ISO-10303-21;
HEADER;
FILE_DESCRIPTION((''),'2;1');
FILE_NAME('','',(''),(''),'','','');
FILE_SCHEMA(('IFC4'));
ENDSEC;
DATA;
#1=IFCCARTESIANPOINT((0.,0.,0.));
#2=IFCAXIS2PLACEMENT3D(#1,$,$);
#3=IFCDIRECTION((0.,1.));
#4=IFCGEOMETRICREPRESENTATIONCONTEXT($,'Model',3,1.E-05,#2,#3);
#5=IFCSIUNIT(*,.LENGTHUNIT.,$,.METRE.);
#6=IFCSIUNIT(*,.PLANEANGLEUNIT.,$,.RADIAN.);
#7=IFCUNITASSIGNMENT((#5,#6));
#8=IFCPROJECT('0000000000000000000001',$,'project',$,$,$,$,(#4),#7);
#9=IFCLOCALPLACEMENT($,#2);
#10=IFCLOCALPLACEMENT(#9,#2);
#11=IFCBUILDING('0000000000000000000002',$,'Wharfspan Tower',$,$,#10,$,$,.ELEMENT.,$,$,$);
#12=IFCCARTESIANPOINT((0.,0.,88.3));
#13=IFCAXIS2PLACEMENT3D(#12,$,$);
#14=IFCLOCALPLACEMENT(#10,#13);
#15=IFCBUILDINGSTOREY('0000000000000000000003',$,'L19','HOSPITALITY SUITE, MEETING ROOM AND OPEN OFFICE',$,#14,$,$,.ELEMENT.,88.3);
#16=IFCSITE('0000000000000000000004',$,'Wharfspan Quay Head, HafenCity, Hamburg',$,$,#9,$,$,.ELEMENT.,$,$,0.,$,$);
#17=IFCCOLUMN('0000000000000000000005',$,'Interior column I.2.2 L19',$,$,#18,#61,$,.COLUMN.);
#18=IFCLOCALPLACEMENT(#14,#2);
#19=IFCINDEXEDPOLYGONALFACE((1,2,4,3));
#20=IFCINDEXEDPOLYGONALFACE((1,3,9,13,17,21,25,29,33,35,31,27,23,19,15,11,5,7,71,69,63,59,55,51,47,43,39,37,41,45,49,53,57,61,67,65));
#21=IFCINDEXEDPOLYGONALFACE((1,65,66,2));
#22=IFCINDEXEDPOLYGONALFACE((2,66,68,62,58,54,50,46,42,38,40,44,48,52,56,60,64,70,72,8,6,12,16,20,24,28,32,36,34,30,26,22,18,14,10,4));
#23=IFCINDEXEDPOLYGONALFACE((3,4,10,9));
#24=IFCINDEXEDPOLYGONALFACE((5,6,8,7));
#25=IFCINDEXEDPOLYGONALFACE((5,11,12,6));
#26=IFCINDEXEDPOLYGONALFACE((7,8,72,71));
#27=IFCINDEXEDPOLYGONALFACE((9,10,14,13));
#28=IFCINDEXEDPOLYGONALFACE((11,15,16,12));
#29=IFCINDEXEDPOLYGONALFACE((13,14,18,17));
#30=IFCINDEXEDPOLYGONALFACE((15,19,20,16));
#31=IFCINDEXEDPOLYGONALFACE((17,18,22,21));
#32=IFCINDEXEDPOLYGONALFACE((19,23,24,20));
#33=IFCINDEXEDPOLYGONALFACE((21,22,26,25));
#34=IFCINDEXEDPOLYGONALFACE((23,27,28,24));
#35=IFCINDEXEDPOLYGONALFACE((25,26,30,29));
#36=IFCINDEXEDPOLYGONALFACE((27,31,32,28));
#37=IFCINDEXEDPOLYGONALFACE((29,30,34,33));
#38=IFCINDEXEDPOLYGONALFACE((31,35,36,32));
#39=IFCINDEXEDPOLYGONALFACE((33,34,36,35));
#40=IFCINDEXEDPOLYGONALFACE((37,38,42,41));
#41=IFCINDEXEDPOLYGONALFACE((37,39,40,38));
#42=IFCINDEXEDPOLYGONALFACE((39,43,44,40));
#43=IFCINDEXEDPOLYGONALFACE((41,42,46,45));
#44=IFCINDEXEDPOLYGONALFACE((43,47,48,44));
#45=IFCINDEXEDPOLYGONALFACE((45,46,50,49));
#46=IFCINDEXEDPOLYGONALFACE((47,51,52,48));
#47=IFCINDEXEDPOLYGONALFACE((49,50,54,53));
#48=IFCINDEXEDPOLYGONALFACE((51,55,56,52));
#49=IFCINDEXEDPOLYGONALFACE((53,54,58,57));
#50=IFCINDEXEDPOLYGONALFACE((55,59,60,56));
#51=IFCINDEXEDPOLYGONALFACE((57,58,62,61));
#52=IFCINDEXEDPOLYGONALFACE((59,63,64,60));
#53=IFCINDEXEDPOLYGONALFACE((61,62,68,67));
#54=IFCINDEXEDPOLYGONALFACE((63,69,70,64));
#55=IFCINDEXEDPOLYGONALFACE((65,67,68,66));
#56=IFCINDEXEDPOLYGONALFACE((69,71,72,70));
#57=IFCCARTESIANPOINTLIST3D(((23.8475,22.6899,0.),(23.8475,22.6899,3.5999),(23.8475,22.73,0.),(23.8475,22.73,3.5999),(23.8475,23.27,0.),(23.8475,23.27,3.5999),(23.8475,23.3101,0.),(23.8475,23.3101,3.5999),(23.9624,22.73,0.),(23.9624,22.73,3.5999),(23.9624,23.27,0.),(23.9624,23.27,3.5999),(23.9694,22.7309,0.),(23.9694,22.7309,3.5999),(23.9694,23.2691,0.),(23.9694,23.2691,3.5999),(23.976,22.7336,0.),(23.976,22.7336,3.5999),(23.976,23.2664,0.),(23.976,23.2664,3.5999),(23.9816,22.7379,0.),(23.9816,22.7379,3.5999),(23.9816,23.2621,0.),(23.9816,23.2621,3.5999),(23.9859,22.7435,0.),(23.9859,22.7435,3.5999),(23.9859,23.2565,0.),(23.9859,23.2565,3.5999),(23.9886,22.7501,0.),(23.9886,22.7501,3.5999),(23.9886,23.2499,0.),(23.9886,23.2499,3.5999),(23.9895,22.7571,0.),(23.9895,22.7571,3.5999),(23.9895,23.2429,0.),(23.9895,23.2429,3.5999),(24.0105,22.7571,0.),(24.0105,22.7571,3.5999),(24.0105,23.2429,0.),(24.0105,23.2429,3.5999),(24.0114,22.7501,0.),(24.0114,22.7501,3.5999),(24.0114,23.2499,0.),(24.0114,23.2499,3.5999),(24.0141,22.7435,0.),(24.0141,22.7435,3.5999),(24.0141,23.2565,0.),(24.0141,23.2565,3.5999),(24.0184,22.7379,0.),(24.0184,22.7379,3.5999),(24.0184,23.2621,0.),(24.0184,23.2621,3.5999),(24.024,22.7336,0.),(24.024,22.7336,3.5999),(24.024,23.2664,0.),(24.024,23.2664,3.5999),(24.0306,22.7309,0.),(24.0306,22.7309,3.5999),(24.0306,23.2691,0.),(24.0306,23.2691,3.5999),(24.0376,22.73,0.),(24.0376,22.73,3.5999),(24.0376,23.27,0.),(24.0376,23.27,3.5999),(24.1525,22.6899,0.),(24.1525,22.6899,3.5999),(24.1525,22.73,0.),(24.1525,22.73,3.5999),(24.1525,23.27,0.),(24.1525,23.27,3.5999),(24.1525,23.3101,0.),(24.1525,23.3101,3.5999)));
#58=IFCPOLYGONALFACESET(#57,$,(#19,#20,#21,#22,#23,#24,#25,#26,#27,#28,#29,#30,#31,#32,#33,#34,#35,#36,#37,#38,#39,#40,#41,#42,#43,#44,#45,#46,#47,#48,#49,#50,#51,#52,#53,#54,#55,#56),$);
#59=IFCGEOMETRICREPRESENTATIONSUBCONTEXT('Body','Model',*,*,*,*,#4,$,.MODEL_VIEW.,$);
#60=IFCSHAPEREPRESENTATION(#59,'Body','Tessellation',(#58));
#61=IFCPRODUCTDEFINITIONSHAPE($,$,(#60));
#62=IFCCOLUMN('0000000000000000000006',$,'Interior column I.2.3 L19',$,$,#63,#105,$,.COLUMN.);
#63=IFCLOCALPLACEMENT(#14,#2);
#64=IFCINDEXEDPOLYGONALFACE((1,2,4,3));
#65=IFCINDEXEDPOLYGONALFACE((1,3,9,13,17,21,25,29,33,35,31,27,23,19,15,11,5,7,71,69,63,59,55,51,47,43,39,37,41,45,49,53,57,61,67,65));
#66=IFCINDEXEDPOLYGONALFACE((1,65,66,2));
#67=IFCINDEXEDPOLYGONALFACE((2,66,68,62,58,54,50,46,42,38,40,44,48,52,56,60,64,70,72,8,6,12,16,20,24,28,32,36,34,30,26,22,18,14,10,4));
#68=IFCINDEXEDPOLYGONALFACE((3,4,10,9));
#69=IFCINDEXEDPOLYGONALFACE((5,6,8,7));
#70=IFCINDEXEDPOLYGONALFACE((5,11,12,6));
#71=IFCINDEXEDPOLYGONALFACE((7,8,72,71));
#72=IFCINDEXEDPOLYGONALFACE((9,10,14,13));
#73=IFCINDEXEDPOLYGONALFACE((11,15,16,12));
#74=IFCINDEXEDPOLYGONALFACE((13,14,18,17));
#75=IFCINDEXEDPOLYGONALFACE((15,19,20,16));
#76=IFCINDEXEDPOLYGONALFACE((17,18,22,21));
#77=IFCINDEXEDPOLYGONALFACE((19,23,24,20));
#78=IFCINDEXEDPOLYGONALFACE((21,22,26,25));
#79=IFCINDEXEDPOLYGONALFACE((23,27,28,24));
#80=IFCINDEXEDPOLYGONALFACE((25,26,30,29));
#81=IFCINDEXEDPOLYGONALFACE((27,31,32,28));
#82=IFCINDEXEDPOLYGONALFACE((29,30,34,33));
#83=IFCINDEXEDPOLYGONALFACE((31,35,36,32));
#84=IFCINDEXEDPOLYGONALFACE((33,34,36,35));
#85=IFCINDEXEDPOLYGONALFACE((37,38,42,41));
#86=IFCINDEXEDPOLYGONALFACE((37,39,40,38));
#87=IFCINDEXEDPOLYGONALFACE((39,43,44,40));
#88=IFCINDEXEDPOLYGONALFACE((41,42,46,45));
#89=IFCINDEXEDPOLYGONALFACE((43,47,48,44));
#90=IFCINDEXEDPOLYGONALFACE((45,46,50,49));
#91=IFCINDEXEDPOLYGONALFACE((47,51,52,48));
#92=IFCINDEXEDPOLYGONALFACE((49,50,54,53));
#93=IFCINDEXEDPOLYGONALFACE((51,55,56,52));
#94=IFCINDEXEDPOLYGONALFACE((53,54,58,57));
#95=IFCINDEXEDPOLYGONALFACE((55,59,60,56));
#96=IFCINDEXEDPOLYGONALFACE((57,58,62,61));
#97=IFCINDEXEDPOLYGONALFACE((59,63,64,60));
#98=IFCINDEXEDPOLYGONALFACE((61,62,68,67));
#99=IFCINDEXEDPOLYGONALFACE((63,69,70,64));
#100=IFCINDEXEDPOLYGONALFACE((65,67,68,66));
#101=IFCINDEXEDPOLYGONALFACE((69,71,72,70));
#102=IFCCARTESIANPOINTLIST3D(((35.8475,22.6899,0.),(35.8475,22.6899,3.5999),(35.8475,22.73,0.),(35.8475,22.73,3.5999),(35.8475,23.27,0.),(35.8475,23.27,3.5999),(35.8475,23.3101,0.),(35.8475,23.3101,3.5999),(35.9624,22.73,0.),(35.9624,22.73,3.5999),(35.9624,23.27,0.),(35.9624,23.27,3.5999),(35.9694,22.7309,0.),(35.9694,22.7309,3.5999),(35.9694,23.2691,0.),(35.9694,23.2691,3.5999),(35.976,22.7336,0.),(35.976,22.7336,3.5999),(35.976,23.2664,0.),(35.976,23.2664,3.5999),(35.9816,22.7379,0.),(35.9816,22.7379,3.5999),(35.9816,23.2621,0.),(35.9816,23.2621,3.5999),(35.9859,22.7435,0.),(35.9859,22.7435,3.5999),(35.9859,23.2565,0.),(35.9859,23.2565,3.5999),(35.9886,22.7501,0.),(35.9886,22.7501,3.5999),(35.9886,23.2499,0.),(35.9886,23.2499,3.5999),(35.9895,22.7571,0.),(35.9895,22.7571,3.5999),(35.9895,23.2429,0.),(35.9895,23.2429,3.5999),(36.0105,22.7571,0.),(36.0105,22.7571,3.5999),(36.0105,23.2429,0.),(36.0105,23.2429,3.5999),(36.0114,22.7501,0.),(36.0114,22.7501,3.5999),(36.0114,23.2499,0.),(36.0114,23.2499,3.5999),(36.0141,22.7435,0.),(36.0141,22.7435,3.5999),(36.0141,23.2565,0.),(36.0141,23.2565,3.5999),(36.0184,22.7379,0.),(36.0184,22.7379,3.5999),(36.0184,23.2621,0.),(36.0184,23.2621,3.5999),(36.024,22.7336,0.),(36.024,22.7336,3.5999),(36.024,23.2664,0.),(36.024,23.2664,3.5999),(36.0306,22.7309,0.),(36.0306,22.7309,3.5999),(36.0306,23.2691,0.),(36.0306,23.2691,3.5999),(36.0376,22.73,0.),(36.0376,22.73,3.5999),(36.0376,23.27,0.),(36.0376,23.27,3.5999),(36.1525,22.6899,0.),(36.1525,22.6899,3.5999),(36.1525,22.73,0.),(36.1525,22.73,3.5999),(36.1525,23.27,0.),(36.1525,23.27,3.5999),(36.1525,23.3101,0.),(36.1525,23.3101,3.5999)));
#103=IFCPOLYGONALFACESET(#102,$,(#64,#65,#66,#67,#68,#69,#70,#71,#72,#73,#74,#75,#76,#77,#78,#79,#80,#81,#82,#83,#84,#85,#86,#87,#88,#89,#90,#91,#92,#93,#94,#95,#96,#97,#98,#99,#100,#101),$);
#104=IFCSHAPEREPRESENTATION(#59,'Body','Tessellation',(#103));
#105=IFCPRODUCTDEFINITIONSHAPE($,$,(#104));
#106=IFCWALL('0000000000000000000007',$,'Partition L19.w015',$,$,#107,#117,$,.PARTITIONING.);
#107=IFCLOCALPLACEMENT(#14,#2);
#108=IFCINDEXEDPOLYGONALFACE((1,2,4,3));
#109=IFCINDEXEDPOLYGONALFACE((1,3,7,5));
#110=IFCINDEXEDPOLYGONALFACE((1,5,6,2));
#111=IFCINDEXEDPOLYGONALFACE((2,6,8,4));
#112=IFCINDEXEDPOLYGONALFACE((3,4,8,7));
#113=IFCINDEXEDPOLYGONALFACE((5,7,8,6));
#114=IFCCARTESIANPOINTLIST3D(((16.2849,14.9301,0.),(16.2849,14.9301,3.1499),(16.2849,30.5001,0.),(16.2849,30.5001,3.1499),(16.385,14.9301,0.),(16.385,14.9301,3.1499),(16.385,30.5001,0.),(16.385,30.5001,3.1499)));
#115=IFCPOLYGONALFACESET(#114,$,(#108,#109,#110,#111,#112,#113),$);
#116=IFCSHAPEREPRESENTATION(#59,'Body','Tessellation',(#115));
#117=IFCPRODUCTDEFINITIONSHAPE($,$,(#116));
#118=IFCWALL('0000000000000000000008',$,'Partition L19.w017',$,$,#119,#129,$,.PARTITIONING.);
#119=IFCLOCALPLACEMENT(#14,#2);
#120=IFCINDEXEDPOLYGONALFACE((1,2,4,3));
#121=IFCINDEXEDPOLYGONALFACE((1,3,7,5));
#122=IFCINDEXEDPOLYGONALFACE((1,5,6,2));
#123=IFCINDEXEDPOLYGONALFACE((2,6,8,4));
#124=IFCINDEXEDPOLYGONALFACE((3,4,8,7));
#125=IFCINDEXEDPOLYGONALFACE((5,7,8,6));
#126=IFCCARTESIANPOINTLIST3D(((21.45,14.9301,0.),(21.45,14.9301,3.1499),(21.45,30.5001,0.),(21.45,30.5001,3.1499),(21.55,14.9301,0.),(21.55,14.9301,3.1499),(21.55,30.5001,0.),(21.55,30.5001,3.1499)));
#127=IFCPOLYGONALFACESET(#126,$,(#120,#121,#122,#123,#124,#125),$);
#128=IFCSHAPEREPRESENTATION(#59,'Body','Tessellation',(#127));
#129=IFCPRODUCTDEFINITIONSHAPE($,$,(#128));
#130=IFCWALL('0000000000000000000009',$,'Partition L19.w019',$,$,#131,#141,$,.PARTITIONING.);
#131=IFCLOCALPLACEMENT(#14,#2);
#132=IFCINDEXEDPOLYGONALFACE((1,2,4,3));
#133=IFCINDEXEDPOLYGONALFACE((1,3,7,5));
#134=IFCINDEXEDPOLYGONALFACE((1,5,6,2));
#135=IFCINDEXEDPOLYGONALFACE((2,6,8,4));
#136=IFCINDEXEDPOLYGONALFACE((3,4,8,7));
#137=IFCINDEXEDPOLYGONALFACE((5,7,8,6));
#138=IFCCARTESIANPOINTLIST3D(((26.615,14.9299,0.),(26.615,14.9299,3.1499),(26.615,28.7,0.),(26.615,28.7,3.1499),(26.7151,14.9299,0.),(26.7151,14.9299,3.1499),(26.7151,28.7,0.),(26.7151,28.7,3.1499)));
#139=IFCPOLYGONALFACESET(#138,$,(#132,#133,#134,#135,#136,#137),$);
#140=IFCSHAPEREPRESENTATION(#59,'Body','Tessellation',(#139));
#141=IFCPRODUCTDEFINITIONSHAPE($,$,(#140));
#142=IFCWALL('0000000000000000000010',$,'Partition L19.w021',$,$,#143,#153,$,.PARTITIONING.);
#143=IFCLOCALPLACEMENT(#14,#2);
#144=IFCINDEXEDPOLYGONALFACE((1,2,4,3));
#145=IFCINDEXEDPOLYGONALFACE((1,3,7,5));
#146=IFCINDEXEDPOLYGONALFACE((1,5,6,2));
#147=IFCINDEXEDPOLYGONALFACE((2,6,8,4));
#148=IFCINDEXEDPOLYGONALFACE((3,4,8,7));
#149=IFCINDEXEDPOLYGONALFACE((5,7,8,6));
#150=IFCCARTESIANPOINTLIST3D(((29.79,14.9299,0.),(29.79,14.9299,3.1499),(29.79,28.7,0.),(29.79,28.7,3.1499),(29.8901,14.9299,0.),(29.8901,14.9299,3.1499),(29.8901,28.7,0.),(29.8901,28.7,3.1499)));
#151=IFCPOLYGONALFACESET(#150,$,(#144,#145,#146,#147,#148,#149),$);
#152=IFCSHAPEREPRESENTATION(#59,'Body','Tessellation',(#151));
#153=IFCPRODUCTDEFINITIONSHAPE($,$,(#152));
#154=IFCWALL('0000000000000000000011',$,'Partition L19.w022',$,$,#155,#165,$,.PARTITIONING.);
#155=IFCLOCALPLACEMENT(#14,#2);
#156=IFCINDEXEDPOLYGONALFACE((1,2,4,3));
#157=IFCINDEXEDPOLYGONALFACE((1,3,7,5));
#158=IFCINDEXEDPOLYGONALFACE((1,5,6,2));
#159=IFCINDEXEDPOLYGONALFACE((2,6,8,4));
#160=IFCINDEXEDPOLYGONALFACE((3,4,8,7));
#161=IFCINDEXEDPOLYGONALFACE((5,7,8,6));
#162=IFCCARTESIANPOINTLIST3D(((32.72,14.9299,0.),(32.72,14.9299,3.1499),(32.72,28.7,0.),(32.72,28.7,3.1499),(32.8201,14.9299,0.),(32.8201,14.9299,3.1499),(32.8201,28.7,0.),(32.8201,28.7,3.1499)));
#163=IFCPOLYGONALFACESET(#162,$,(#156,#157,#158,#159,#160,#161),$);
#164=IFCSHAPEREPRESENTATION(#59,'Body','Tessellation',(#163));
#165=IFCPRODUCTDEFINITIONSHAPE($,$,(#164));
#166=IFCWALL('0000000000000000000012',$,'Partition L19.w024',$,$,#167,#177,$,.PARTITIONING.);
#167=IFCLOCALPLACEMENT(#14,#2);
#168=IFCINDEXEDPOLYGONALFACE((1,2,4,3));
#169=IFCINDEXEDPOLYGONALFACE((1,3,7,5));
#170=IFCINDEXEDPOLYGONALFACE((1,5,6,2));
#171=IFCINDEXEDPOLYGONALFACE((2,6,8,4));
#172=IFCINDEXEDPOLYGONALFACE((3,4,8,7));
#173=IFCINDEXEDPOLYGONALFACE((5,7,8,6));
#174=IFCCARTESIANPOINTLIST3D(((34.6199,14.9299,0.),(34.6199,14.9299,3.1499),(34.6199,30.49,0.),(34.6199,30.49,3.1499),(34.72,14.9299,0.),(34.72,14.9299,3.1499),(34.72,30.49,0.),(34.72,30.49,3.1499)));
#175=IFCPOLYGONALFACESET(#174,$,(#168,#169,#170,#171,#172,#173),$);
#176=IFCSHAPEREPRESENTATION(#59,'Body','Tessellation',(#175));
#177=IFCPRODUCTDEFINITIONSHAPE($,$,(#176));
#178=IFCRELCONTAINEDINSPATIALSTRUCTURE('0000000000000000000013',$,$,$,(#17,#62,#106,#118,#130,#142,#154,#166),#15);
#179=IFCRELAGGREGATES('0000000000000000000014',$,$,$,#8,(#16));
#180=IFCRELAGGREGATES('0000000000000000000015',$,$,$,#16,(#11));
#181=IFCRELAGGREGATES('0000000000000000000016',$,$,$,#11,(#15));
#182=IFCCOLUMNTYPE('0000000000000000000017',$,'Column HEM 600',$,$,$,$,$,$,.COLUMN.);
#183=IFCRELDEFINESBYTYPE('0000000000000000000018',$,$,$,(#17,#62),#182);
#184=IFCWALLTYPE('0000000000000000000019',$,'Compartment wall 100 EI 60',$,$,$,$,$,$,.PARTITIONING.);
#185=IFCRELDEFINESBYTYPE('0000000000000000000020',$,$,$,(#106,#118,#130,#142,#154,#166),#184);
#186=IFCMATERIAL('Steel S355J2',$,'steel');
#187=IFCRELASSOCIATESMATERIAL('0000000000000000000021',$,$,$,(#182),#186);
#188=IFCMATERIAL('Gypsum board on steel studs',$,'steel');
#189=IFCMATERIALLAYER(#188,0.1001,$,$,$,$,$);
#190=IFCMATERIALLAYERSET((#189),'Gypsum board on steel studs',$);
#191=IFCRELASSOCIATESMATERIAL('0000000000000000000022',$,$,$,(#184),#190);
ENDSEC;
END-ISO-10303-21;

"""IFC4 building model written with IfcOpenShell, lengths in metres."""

from ifc_helpers import new_model, si_unit, direction, frame, frame_2d, origin, origin_2d, place, context, subcontext, project, spatial, rectangle, i_section, extrude, material, layer, layer_set, material_profile, profile_set, type_object, element, save


model = new_model("IFC4")

# Units and contexts
model_context = context("Model", 3, precision=1e-05, world=origin(), true_north=direction((0.0, 1.0)))
body_context = subcontext(model_context, "Body", "Model", "MODEL_VIEW")
ifc_project = project(units=[si_unit("LENGTHUNIT", "METRE"), si_unit("PLANEANGLEUNIT", "RADIAN")], contexts=[model_context])

# Site, building, storey
site_placement = place(None, origin())
site = spatial("IfcSite", under=ifc_project, at=site_placement, Name="Wharfspan Quay Head, HafenCity, Hamburg", CompositionType="ELEMENT", RefElevation=0.0)
building_placement = place(site_placement, origin())
building = spatial("IfcBuilding", under=site, at=building_placement, Name="Wharfspan Tower", CompositionType="ELEMENT")
storey_placement = place(building_placement, frame((0.0, 0.0, 88.3)))
storey = spatial("IfcBuildingStorey", under=building, at=storey_placement, Name="L19", Description="HOSPITALITY SUITE, MEETING ROOM AND OPEN OFFICE", CompositionType="ELEMENT", Elevation=88.3)

# Columns
ifc_material_1 = material(Name="Steel S355J2", Category="steel")
ifc_material_profile = material_profile(ifc_material_1, i_section(OverallWidth=0.3049, OverallDepth=0.6201, WebThickness=0.021, FlangeThickness=0.04, FilletRadius=0.0271, at=origin_2d()))
ifc_profile_set = profile_set([ifc_material_profile], Name="Steel S355J2")
column_type = type_object("IfcColumnType", Name="Column HEM 600", PredefinedType="COLUMN", material=ifc_profile_set)
for number, where, z_axis, x_axis, name in (
    (1, (24.0, 23.0, 0.0), (0.0, 0.0, 1.0), (1.0, 0.0, 0.0), "Interior column I.2.2 L19"),
    (2, (36.0, 23.0, 0.0), (0.0, 0.0, 1.0), (1.0, 0.0, 0.0), "Interior column I.2.3 L19"),
):
    element("IfcColumn", number, at=place(storey_placement, frame(where, z_axis=z_axis, x_axis=x_axis)), inside=storey, type_object=column_type, Name=name, PredefinedType="COLUMN", context=body_context, shape_type="SweptSolid", body=[
        extrude(i_section(OverallWidth=0.3049, OverallDepth=0.6201, WebThickness=0.021, FlangeThickness=0.04, FilletRadius=0.0271, at=origin_2d()), origin(), (0.0, 0.0, 1.0), 3.5999),
    ])

# Walls
ifc_material_2 = material(Name="Gypsum board on steel studs", Category="steel")
ifc_layer_1 = layer(ifc_material_2, 0.1001)
ifc_layer_set_1 = layer_set([ifc_layer_1], Name="Gypsum board on steel studs")
wall_type_1 = type_object("IfcWallType", Name="Compartment wall 100 EI 60", PredefinedType="PARTITIONING", material=ifc_layer_set_1)
for number, where, z_axis, x_axis, name in (
    (3, (16.335, 14.9299, 0.0), (0.0, 0.0, 1.0), (0.0, 1.0, 0.0), "Partition L19.w015"),
    (4, (21.5, 14.9299, 0.0), (0.0, 0.0, 1.0), (0.0, 1.0, 0.0), "Partition L19.w017"),
):
    element("IfcWall", number, at=place(storey_placement, frame(where, z_axis=z_axis, x_axis=x_axis)), inside=storey, type_object=wall_type_1, Name=name, PredefinedType="PARTITIONING", context=body_context, shape_type="SweptSolid", body=[
        extrude(rectangle(XDim=15.5701, YDim=0.1001, at=frame_2d((7.7852, 0.0))), origin(), (0.0, 0.0, 1.0), 3.1499),
    ])
for number, where, z_axis, x_axis, name in (
    (5, (26.665, 14.9299, 0.0), (0.0, 0.0, 1.0), (0.0, 1.0, 0.0), "Partition L19.w019"),
    (6, (29.8401, 14.9299, 0.0), (0.0, 0.0, 1.0), (0.0, 1.0, 0.0), "Partition L19.w021"),
    (7, (32.77, 14.9299, 0.0), (0.0, 0.0, 1.0), (0.0, 1.0, 0.0), "Partition L19.w022"),
):
    element("IfcWall", number, at=place(storey_placement, frame(where, z_axis=z_axis, x_axis=x_axis)), inside=storey, type_object=wall_type_1, Name=name, PredefinedType="PARTITIONING", context=body_context, shape_type="SweptSolid", body=[
        extrude(rectangle(XDim=13.77, YDim=0.1001, at=frame_2d((6.885, 0.0))), origin(), (0.0, 0.0, 1.0), 3.1499),
    ])
wall_1_placement = place(storey_placement, frame((34.6699, 14.9299, 0.0), z_axis=(0.0, 0.0, 1.0), x_axis=(0.0, 1.0, 0.0)))
element("IfcWall", 8, at=wall_1_placement, inside=storey, type_object=wall_type_1, Name="Partition L19.w024", PredefinedType="PARTITIONING", context=body_context, shape_type="SweptSolid", body=[
    extrude(rectangle(XDim=15.5601, YDim=0.1001, at=frame_2d((7.78, 0.0))), origin(), (0.0, 0.0, 1.0), 3.1499),
])

save(model, "model.ifc")
